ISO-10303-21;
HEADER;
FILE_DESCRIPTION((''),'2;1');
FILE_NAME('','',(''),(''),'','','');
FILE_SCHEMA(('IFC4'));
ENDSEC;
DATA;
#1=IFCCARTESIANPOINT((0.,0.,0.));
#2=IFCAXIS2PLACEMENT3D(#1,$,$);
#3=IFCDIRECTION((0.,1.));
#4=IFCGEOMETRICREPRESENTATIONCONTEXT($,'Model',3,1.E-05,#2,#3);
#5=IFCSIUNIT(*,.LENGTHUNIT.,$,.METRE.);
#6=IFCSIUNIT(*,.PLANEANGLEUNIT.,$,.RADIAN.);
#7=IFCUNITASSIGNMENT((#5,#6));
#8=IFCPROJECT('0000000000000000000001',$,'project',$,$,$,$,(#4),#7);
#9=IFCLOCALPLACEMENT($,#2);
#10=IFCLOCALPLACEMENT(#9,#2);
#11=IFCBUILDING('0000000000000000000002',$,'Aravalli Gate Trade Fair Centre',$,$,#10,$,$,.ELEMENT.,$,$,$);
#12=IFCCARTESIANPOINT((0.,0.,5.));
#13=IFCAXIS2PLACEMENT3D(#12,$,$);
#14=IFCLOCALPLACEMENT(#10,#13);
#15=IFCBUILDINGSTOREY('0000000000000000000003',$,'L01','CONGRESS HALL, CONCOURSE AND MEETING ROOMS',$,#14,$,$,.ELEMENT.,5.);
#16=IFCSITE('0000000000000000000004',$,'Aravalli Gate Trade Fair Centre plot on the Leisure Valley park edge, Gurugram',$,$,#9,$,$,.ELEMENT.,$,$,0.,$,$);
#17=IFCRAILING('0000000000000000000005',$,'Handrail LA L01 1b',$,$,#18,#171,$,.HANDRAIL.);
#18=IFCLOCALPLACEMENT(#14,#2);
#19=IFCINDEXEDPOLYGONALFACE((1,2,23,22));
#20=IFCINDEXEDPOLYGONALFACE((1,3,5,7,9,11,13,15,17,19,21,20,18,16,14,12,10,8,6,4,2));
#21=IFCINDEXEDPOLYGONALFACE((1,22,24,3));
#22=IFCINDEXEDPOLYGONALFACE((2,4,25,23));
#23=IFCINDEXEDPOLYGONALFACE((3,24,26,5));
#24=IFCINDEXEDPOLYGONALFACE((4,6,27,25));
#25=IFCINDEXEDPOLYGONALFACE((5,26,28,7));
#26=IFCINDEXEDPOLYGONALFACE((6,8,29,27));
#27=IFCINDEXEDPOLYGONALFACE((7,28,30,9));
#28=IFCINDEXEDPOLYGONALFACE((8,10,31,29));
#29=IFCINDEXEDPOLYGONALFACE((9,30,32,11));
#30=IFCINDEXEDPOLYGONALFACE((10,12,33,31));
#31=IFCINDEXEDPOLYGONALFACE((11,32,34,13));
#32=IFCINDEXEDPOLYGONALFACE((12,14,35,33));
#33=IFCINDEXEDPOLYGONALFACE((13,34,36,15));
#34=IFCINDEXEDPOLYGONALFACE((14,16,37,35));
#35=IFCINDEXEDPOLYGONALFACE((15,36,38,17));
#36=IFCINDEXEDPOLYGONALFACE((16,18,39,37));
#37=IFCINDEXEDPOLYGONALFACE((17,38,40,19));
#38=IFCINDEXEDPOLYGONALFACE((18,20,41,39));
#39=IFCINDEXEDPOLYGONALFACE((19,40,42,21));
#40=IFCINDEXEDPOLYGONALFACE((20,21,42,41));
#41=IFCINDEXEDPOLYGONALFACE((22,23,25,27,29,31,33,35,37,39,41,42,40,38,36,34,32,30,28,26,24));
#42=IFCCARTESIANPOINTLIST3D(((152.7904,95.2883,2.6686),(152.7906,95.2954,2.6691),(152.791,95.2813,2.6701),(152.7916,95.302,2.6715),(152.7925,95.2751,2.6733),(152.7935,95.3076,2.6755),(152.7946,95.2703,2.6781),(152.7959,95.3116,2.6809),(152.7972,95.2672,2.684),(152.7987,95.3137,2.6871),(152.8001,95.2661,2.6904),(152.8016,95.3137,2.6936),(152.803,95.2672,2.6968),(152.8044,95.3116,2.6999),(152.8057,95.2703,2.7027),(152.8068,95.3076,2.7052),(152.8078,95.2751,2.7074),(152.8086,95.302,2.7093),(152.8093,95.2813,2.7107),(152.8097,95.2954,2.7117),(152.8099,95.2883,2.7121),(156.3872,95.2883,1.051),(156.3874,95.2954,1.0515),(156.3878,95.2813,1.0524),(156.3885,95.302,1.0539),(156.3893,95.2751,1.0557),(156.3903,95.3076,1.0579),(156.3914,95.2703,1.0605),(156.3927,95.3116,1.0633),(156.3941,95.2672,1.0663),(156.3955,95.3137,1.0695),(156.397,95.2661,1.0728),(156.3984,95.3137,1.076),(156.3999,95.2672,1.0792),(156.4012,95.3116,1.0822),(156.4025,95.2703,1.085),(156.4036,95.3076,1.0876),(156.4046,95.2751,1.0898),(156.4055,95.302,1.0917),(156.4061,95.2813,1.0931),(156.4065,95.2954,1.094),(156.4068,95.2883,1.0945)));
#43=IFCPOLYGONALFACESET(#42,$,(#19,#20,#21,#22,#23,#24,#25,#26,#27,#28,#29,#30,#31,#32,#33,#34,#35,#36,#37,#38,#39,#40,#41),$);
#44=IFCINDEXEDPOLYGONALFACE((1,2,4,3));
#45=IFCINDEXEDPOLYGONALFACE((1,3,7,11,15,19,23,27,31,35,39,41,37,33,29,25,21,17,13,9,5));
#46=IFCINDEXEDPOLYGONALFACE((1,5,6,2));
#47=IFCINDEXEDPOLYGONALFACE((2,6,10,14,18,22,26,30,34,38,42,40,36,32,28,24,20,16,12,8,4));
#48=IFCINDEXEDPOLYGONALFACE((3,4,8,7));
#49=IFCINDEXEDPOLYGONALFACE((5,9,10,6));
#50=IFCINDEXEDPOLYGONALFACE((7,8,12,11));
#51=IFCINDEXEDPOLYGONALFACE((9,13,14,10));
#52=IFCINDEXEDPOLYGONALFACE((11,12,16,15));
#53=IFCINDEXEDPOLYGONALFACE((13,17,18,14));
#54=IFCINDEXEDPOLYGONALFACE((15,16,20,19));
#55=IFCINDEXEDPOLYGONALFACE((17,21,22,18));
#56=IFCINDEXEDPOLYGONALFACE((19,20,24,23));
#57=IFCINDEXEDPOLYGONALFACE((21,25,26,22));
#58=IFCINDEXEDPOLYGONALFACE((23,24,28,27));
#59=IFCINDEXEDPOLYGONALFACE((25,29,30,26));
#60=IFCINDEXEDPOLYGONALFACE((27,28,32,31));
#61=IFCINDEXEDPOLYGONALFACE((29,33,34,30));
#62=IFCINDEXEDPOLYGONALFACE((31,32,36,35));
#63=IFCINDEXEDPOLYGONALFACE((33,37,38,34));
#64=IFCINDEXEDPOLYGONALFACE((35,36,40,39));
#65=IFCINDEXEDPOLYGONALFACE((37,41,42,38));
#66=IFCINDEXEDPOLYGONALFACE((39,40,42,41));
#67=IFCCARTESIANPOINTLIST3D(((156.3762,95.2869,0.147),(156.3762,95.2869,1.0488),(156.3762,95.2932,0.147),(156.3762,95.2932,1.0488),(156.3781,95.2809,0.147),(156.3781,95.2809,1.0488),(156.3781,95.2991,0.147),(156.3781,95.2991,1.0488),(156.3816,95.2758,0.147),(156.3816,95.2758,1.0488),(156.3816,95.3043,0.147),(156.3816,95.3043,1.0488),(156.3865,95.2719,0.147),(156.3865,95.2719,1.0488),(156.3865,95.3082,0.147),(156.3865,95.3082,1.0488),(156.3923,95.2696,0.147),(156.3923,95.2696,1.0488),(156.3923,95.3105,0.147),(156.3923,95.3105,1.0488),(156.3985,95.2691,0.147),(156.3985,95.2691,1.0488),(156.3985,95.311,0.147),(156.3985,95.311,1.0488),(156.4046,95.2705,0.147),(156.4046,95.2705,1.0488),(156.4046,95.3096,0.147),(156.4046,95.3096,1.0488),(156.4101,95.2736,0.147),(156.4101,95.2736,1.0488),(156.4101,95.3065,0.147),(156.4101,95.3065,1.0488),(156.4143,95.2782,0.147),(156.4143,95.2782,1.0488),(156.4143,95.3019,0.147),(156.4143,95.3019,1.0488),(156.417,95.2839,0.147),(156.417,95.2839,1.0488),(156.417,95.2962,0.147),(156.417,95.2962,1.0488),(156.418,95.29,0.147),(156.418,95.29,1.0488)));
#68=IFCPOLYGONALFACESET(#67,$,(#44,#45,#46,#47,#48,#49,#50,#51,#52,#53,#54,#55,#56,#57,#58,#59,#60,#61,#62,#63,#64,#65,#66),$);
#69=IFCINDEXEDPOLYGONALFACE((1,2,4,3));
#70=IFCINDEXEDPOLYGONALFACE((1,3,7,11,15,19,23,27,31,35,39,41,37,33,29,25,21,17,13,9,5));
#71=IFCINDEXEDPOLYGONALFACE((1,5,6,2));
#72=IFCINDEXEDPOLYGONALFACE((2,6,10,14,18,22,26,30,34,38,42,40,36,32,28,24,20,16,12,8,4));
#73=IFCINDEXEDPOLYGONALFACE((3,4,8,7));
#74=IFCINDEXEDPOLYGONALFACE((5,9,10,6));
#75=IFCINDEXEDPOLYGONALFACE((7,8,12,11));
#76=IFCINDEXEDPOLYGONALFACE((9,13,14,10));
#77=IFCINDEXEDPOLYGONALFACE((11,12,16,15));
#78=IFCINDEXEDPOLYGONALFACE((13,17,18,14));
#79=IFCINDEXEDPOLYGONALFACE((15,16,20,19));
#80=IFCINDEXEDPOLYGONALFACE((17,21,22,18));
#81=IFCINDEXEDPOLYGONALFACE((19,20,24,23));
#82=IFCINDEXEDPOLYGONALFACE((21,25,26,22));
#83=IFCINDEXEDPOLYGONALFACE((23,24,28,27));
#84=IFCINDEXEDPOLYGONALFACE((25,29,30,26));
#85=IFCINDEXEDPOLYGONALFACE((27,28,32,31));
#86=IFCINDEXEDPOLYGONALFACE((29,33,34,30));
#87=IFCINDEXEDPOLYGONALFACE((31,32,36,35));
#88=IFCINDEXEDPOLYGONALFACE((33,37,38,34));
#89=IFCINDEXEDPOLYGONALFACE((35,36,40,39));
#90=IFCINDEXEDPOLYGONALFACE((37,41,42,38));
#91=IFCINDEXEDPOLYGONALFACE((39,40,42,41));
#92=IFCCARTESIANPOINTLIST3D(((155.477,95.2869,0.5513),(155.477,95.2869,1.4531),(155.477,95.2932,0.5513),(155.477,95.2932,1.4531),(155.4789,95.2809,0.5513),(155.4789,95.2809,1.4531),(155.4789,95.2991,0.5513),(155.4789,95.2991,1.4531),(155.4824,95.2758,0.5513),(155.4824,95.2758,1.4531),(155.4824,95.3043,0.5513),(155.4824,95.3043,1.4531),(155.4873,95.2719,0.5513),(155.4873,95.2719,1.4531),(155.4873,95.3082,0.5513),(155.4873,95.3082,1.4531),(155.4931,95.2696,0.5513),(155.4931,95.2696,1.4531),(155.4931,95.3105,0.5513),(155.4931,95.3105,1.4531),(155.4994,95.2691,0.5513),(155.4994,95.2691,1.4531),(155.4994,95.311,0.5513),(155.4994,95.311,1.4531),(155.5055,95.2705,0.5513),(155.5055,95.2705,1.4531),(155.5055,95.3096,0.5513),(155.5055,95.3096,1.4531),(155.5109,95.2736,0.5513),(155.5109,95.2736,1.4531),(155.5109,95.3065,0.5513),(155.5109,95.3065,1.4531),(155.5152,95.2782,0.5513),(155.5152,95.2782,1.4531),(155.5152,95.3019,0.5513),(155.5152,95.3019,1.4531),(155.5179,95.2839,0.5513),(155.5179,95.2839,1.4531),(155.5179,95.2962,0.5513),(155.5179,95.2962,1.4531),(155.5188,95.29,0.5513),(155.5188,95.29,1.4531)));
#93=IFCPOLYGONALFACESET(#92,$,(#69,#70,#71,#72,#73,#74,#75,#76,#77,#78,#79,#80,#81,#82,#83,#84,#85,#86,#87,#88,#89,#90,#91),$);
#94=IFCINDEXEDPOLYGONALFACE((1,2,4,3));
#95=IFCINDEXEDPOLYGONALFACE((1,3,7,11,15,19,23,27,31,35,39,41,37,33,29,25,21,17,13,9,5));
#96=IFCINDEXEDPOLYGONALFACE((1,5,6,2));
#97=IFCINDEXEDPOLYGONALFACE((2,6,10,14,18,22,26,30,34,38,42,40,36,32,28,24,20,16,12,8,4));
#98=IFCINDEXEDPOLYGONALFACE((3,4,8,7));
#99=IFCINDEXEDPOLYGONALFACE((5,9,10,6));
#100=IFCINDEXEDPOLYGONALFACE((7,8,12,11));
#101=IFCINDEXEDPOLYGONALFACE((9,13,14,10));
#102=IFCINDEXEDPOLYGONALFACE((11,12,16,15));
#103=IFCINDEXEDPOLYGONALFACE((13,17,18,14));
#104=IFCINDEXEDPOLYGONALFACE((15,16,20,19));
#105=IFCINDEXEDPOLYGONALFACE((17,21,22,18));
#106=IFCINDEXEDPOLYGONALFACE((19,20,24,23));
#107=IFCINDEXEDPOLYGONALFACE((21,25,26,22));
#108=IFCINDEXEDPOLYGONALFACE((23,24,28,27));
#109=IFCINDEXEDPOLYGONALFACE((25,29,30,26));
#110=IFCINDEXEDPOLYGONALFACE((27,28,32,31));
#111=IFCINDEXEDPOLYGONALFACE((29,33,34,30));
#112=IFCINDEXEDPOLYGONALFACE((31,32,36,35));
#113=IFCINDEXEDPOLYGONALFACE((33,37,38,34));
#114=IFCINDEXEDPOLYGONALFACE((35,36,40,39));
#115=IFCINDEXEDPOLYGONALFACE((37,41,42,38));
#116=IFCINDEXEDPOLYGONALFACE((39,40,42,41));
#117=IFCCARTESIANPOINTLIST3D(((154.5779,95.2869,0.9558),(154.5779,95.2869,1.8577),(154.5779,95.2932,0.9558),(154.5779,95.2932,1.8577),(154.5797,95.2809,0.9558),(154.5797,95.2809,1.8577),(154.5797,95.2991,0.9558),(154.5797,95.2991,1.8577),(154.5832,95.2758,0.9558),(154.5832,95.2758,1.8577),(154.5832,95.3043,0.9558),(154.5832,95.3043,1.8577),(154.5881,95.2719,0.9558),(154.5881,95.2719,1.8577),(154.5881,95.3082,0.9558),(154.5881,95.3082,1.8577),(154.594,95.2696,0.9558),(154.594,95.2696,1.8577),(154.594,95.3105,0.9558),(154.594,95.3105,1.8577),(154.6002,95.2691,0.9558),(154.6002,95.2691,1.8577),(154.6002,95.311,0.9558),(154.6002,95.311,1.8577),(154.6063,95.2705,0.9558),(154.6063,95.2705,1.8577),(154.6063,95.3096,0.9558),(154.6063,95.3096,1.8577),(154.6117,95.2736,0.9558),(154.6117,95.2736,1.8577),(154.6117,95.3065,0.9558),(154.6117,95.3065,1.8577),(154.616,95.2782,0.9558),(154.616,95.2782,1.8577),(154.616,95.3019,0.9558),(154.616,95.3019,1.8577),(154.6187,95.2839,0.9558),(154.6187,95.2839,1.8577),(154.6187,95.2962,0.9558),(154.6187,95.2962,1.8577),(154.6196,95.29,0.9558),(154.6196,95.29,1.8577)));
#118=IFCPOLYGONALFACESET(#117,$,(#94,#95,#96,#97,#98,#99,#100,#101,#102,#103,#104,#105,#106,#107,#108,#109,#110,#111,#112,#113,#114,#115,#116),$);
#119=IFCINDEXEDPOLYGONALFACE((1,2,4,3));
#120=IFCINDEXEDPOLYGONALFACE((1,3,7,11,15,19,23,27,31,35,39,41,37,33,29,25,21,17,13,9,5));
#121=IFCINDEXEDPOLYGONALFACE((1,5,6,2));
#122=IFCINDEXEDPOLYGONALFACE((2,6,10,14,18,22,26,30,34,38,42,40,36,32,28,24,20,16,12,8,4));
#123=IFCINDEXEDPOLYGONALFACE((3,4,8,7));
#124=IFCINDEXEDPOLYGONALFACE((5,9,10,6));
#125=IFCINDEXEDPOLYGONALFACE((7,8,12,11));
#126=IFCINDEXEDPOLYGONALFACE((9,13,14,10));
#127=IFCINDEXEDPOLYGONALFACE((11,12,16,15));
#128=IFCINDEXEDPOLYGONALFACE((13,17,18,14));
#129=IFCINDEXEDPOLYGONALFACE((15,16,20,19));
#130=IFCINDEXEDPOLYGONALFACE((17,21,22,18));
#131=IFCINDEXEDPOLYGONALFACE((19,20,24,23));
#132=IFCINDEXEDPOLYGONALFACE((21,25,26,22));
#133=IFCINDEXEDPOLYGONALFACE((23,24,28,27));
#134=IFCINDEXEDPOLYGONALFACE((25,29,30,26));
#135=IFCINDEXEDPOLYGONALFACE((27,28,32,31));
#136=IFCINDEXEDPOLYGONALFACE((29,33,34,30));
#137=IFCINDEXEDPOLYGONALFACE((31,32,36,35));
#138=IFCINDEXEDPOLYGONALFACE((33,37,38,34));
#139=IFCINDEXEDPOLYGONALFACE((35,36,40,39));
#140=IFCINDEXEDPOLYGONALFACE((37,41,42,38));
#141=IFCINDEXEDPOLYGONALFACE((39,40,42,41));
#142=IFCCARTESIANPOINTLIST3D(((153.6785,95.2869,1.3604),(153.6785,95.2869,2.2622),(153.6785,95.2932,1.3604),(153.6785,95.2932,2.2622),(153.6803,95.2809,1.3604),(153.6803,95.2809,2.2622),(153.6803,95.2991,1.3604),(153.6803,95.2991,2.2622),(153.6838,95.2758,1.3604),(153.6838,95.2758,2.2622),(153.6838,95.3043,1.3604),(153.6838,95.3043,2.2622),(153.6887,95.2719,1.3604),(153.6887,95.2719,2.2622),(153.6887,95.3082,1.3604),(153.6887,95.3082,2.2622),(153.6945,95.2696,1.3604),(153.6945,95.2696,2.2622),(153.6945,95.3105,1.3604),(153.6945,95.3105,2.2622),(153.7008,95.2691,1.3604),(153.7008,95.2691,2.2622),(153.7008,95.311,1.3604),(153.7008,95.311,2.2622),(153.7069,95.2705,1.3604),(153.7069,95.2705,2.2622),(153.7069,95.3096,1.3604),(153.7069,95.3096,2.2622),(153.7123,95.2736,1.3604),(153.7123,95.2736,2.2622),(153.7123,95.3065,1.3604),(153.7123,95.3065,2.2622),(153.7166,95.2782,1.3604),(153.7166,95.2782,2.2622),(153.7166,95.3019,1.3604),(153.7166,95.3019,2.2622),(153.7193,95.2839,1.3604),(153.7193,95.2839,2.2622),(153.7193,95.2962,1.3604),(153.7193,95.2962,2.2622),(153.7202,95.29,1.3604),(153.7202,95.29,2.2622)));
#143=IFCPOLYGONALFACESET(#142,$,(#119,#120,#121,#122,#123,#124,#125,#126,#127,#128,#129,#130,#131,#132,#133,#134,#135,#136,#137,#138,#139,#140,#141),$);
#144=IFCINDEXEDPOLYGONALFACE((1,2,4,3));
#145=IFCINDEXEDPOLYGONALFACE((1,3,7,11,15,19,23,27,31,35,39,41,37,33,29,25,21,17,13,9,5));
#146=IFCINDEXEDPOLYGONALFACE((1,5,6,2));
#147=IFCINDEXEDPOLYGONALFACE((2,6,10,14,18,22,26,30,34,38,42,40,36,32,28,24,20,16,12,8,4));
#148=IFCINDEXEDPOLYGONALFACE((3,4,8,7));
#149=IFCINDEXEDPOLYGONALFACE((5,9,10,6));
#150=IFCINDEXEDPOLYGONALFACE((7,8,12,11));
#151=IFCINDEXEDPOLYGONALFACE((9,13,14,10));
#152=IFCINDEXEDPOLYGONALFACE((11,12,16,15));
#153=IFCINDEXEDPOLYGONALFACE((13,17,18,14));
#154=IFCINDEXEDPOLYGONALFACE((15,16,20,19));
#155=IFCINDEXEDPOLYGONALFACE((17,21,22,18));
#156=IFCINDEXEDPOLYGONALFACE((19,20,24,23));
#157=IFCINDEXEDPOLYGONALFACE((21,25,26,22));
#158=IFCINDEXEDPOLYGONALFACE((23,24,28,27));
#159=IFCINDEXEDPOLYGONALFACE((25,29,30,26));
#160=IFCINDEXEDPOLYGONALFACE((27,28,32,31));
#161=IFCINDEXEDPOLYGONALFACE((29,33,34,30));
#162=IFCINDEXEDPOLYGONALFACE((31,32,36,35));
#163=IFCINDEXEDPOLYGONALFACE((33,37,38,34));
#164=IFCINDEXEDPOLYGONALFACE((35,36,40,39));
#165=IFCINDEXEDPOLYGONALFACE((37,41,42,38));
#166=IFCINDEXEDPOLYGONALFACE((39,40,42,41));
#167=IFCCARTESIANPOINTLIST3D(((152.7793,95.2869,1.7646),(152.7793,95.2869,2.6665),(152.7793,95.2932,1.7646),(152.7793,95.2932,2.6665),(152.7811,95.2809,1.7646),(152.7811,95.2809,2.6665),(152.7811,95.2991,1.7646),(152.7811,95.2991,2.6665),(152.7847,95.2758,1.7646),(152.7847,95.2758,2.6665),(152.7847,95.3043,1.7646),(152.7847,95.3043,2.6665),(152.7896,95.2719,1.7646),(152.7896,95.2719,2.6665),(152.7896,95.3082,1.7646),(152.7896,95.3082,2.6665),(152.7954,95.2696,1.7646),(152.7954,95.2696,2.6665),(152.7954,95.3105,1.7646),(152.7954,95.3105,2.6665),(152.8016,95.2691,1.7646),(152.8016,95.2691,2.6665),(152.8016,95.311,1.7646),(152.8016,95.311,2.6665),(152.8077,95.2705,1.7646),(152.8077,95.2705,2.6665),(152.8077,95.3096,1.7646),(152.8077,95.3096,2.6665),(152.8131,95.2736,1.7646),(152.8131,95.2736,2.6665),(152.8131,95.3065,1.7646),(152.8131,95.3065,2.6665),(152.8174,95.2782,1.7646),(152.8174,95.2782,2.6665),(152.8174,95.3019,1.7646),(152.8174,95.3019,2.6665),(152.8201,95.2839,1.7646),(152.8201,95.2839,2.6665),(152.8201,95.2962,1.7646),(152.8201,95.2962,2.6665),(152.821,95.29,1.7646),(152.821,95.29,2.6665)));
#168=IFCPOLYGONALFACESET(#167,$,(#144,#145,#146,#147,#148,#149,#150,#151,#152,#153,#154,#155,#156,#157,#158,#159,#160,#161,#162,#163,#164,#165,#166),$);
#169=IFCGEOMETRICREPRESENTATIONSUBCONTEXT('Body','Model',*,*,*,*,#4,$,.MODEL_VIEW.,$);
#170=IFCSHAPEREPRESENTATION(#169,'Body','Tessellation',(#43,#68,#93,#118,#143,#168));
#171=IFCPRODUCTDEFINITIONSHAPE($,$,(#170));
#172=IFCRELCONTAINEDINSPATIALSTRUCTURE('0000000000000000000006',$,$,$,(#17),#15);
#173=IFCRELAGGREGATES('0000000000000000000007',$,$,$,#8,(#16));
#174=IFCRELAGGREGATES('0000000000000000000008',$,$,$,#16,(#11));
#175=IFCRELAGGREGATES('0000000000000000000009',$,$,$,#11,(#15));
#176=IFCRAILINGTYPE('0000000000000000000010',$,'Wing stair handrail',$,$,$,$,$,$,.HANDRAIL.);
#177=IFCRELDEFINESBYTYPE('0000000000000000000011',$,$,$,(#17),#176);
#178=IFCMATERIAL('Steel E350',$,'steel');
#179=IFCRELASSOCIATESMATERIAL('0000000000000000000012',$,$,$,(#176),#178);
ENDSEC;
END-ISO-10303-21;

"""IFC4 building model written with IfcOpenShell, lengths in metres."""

from ifc_helpers import new_model, si_unit, direction, frame, origin, origin_2d, place, context, subcontext, project, spatial, circle, extrude, material, type_object, element, save


model = new_model("IFC4")

# Units and contexts
model_context = context("Model", 3, precision=1e-05, world=origin(), true_north=direction((0.0, 1.0)))
body_context = subcontext(model_context, "Body", "Model", "MODEL_VIEW")
ifc_project = project(units=[si_unit("LENGTHUNIT", "METRE"), si_unit("PLANEANGLEUNIT", "RADIAN")], contexts=[model_context])

# Site, building, storey
site_placement = place(None, origin())
site = spatial("IfcSite", under=ifc_project, at=site_placement, Name="Aravalli Gate Trade Fair Centre plot on the Leisure Valley park edge, Gurugram", CompositionType="ELEMENT", RefElevation=0.0)
building_placement = place(site_placement, origin())
building = spatial("IfcBuilding", under=site, at=building_placement, Name="Aravalli Gate Trade Fair Centre", CompositionType="ELEMENT")
storey_placement = place(building_placement, frame((0.0, 0.0, 5.0)))
storey = spatial("IfcBuildingStorey", under=building, at=storey_placement, Name="L01", Description="CONGRESS HALL, CONCOURSE AND MEETING ROOMS", CompositionType="ELEMENT", Elevation=5.0)

# Shared definitions
ifc_material_1 = material(Name="Steel E350", Category="steel")

# Railing
railing_type_1 = type_object("IfcRailingType", Name="Wing stair handrail", PredefinedType="HANDRAIL", material=ifc_material_1)
for number, where, name in (
    (1, (156.397, 95.29, 0.147), "Handrail LA L01 1b"),
):
    element("IfcRailing", number, at=place(storey_placement, frame(where)), inside=storey, type_object=railing_type_1, Name=name, PredefinedType="HANDRAIL", context=body_context, shape_type="SweptSolid", body=[
        extrude(circle(Radius=0.0239, at=origin_2d()), frame((0.0, 0.0, 0.9258), z_axis=(-0.912011, 0.0, 0.410166), x_axis=(0.0, -1.0, 0.0)), (0.0, 0.0, 1.0), 3.9438),
        extrude(circle(Radius=0.021, at=origin_2d()), origin(), (0.0, 0.0, 1.0), 0.9019),
        extrude(circle(Radius=0.021, at=origin_2d()), frame((-0.8992, 0.0, 0.4043)), (0.0, 0.0, 1.0), 0.9019),
        extrude(circle(Radius=0.021, at=origin_2d()), frame((-1.7983, 0.0, 0.8088)), (0.0, 0.0, 1.0), 0.9019),
        extrude(circle(Radius=0.021, at=origin_2d()), frame((-2.6978, 0.0, 1.2134)), (0.0, 0.0, 1.0), 0.9019),
        extrude(circle(Radius=0.021, at=origin_2d()), frame((-3.5969, 0.0, 1.6177)), (0.0, 0.0, 1.0), 0.9019),
    ])

save(model, "model.ifc")
